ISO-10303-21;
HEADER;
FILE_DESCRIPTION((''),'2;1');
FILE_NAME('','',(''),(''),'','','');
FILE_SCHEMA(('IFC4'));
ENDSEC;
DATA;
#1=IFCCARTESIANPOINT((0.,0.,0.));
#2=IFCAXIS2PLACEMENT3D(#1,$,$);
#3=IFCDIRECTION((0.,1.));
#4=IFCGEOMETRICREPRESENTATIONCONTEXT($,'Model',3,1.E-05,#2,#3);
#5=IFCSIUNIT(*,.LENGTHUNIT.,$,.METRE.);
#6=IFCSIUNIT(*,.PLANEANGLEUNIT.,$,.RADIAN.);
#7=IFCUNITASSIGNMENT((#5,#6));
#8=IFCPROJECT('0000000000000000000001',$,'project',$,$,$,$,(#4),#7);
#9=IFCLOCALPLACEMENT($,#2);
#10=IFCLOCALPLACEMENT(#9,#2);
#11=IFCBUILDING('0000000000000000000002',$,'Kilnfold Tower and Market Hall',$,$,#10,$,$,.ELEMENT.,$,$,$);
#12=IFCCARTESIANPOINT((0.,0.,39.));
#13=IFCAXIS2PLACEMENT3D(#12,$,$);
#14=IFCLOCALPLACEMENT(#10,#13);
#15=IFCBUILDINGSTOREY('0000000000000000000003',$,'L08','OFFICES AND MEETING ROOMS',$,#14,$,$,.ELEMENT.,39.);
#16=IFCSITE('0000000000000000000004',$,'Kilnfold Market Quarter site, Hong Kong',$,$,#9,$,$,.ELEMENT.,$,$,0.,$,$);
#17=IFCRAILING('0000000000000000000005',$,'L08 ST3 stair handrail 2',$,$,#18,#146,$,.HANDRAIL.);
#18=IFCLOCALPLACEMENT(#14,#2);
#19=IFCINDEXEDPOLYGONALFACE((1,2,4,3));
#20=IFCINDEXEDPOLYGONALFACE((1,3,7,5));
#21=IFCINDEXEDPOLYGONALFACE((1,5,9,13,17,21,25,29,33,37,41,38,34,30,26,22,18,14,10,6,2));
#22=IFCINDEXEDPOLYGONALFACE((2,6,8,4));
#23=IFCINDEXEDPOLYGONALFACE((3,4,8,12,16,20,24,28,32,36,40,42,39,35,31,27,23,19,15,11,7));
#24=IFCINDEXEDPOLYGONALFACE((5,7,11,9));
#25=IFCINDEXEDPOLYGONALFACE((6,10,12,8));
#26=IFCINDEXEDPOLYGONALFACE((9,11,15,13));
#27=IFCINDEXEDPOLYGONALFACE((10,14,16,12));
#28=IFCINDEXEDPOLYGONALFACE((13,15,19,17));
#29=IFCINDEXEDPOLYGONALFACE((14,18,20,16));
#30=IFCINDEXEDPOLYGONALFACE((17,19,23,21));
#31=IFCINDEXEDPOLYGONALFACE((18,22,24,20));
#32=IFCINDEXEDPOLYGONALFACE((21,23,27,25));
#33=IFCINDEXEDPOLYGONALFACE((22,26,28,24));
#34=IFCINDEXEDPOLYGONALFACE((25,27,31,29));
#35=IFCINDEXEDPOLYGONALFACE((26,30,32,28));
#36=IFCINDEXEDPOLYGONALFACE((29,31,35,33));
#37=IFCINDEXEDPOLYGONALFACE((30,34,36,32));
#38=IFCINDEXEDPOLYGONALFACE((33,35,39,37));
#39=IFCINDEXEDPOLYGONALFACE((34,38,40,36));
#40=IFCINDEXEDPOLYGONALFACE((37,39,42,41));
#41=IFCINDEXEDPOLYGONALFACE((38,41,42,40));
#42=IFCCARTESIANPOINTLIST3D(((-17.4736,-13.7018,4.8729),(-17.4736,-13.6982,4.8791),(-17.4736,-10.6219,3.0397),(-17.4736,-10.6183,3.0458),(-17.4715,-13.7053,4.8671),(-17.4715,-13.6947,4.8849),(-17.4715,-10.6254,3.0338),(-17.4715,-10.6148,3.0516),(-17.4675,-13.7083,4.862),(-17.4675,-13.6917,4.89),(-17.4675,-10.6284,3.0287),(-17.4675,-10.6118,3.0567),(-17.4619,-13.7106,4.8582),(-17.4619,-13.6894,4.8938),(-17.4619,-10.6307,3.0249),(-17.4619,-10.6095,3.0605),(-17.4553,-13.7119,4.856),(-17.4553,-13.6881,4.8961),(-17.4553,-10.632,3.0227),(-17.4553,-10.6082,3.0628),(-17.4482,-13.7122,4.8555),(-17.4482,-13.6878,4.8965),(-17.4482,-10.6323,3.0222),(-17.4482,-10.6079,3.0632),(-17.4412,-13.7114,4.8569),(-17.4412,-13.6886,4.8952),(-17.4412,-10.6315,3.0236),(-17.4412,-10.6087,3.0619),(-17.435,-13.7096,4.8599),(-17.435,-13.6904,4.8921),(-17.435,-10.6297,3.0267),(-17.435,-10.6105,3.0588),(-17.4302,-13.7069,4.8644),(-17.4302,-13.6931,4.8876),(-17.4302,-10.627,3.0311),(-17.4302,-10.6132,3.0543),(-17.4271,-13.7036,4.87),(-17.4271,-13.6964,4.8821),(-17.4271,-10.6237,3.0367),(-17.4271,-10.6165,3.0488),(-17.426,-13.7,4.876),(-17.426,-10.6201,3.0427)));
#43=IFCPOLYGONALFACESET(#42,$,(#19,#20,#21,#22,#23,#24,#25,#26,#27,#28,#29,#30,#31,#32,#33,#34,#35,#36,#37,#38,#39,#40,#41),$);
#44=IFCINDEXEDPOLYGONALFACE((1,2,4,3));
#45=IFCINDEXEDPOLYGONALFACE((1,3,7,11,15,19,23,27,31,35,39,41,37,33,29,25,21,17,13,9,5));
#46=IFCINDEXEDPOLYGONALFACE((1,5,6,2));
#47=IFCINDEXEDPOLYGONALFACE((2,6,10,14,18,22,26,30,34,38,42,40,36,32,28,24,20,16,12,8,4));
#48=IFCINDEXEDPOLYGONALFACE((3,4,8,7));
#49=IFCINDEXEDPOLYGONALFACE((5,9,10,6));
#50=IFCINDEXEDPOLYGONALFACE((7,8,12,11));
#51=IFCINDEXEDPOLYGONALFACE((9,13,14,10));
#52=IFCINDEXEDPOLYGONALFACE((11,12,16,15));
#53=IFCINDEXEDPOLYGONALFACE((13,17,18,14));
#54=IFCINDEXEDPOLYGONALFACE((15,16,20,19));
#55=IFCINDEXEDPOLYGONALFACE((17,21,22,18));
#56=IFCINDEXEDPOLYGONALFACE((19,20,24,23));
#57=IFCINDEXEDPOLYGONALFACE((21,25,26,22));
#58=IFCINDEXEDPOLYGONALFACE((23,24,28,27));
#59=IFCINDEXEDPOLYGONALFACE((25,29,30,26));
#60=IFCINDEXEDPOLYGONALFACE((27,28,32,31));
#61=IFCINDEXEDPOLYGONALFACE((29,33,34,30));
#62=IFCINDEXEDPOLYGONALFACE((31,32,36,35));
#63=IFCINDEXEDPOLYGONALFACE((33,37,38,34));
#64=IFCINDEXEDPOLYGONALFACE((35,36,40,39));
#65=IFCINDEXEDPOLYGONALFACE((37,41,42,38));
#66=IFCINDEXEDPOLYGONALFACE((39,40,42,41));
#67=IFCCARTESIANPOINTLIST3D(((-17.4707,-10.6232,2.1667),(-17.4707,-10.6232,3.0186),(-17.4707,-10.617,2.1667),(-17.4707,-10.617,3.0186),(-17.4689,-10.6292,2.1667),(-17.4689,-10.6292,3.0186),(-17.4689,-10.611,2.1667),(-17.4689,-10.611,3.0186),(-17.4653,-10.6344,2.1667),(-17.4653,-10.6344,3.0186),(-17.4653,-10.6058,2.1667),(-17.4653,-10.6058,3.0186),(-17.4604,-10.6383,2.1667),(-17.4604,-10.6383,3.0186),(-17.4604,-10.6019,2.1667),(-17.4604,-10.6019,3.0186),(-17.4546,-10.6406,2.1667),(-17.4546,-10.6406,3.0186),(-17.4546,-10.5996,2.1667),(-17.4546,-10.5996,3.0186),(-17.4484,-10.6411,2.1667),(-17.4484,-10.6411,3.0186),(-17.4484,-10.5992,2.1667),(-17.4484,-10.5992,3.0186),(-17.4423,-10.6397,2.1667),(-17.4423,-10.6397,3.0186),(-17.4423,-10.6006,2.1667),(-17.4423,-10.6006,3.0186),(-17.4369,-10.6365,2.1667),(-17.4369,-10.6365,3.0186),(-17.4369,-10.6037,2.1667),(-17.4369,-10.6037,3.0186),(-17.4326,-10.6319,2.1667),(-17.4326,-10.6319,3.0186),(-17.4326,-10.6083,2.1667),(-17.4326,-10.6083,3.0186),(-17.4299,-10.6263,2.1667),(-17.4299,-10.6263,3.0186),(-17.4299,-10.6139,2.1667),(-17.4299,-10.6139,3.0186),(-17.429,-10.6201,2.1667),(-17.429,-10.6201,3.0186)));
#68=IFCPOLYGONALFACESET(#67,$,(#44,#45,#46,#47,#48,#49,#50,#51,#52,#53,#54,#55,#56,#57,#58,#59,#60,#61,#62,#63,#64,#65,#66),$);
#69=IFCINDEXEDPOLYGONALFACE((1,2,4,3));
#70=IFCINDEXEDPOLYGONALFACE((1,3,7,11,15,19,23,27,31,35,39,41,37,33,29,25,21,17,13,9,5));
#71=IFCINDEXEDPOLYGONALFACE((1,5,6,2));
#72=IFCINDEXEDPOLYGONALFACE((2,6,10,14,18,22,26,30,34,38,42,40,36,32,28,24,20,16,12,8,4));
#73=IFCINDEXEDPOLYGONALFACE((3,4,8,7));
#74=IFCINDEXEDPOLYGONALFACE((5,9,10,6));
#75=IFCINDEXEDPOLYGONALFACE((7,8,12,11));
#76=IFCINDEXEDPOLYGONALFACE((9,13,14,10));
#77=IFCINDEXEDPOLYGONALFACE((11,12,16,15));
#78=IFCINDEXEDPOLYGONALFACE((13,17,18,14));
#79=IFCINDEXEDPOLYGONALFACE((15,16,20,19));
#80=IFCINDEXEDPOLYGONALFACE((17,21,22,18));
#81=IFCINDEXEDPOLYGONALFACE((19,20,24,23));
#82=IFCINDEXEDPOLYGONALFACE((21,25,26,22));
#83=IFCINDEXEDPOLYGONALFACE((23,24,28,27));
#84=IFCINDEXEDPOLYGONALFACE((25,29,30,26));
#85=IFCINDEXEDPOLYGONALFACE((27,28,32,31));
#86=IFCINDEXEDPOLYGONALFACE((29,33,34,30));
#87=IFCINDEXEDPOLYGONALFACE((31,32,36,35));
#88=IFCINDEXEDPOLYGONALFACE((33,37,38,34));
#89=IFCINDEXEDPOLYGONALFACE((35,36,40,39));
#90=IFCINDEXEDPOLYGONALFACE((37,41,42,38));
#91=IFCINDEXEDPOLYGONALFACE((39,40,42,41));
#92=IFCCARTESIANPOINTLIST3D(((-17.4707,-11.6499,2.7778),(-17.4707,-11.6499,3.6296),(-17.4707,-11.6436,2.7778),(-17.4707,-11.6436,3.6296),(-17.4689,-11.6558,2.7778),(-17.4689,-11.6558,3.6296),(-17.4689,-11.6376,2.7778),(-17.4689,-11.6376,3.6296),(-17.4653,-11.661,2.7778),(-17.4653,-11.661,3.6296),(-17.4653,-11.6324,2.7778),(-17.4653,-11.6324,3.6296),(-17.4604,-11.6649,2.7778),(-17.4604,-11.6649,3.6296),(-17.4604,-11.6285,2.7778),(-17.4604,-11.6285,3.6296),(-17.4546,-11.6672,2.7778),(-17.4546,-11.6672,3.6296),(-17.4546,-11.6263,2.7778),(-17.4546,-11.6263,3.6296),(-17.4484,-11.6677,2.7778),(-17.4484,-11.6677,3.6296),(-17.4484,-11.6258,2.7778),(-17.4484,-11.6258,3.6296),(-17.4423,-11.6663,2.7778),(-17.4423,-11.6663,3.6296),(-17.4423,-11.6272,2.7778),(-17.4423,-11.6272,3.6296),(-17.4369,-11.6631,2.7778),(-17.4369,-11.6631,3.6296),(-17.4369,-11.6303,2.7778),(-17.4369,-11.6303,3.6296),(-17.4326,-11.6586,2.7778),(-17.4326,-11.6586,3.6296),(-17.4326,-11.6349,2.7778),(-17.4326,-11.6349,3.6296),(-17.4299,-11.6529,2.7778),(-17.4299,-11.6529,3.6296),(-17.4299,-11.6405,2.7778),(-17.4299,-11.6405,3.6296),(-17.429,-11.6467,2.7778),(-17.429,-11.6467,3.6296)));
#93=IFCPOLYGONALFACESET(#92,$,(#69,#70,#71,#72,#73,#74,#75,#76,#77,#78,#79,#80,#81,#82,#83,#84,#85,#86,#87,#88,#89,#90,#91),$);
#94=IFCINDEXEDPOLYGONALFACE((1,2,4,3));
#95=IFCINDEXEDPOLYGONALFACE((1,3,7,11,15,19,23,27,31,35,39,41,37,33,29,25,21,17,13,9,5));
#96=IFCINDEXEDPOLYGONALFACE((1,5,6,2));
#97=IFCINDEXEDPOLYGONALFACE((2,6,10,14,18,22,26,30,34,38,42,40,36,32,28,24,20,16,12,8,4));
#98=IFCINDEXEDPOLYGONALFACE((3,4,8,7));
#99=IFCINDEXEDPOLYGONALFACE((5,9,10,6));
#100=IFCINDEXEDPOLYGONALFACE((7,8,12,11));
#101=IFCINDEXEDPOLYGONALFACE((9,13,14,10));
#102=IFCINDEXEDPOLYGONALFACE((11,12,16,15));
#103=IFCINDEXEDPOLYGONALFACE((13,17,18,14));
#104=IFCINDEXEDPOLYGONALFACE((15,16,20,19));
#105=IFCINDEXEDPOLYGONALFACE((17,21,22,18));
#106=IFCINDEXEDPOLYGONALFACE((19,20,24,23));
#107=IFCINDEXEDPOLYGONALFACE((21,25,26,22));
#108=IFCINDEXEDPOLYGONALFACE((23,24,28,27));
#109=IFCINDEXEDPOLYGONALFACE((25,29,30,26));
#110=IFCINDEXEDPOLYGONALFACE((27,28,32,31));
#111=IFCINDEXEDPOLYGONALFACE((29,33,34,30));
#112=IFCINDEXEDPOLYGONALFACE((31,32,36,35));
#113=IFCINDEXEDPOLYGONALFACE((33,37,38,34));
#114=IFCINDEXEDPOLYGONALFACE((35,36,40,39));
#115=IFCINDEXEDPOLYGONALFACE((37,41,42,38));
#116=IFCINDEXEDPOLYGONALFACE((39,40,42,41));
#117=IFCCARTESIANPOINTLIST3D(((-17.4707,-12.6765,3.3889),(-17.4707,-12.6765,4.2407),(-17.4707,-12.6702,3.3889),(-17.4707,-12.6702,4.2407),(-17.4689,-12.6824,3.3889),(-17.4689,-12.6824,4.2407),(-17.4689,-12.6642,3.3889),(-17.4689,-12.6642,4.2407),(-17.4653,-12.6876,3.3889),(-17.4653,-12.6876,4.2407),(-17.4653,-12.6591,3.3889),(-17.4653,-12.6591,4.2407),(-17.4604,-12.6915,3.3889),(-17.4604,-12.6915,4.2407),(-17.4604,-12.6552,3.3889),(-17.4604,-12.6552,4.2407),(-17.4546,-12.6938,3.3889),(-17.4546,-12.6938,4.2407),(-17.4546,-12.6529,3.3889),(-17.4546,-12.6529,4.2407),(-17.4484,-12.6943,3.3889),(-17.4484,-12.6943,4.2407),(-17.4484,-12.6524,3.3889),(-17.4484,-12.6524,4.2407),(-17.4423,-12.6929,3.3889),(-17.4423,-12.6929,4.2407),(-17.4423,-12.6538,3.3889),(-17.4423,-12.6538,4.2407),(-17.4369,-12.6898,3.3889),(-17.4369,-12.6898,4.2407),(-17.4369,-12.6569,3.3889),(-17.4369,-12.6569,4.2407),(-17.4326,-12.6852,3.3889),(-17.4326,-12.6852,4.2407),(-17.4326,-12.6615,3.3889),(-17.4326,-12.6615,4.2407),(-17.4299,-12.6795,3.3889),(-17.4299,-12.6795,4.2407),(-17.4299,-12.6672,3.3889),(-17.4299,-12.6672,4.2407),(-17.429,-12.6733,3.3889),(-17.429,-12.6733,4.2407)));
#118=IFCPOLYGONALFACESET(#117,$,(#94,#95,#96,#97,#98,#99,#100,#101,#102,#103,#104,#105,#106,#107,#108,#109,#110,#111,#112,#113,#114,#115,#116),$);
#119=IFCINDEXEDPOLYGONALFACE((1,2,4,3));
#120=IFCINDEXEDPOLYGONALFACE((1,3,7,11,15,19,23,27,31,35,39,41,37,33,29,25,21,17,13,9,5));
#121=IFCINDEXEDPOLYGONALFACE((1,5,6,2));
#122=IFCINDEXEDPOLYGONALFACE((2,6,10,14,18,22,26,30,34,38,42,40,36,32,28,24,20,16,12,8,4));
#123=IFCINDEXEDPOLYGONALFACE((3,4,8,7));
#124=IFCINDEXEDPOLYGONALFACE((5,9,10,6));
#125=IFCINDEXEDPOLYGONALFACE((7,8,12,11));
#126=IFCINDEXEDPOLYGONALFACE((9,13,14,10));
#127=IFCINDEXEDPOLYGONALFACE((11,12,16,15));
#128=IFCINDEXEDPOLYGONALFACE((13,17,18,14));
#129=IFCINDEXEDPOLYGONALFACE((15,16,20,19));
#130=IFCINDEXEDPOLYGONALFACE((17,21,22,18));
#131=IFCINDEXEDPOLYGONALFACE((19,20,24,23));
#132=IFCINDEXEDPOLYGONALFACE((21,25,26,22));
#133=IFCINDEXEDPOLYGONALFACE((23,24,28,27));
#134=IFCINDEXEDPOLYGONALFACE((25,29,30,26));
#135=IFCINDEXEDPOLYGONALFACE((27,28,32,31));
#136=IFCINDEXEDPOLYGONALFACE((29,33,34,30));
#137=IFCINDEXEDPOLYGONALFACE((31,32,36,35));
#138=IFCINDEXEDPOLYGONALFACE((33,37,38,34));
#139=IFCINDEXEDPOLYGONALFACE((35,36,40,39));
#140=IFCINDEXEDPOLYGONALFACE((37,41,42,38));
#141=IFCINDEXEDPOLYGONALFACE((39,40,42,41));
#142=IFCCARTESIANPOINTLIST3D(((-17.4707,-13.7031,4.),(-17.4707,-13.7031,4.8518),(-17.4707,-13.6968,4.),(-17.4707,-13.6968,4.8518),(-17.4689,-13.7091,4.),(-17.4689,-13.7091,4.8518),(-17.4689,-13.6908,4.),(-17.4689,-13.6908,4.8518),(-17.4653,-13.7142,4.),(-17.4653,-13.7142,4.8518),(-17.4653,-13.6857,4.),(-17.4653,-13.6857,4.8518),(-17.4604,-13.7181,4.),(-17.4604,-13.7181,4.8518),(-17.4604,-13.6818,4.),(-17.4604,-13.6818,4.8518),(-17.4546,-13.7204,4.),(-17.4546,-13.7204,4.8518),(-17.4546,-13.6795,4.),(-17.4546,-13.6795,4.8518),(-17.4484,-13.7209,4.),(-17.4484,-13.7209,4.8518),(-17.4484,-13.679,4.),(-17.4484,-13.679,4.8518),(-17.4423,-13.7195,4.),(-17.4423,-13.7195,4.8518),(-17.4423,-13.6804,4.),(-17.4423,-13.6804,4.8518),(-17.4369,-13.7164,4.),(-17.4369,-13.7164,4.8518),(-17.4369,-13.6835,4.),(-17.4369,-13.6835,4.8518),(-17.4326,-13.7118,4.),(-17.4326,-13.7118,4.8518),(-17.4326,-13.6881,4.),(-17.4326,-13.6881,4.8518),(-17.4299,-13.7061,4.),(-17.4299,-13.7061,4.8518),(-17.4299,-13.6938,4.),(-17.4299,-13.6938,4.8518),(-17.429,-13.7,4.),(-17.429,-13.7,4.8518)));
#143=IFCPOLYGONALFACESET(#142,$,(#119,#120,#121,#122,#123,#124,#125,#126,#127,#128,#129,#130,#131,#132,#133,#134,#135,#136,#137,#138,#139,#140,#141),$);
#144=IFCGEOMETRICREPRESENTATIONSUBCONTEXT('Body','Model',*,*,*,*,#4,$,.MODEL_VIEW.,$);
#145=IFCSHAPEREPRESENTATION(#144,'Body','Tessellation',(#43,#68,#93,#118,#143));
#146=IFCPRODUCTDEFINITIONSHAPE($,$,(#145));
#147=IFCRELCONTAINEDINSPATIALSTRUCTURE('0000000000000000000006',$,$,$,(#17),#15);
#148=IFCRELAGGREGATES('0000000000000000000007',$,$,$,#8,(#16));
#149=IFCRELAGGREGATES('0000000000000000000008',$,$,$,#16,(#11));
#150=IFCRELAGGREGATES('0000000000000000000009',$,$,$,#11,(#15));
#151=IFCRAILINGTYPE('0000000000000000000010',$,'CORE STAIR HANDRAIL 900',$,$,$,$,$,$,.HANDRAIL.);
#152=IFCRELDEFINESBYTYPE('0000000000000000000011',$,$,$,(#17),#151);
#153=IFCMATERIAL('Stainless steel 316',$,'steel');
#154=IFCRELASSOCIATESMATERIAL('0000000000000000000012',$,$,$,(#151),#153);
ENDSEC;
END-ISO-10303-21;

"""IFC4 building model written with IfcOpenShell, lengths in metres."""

from ifc_helpers import new_model, si_unit, direction, frame, origin, origin_2d, place, context, subcontext, project, spatial, circle, extrude, material, type_object, element, save


model = new_model("IFC4")

# Units and contexts
model_context = context("Model", 3, precision=1e-05, world=origin(), true_north=direction((0.0, 1.0)))
body_context = subcontext(model_context, "Body", "Model", "MODEL_VIEW")
ifc_project = project(units=[si_unit("LENGTHUNIT", "METRE"), si_unit("PLANEANGLEUNIT", "RADIAN")], contexts=[model_context])

# Site, building, storey
site_placement = place(None, origin())
site = spatial("IfcSite", under=ifc_project, at=site_placement, Name="Kilnfold Market Quarter site, Hong Kong", CompositionType="ELEMENT", RefElevation=0.0)
building_placement = place(site_placement, origin())
building = spatial("IfcBuilding", under=site, at=building_placement, Name="Kilnfold Tower and Market Hall", CompositionType="ELEMENT")
storey_placement = place(building_placement, frame((0.0, 0.0, 39.0)))
storey = spatial("IfcBuildingStorey", under=building, at=storey_placement, Name="L08", Description="OFFICES AND MEETING ROOMS", CompositionType="ELEMENT", Elevation=39.0)

# Railing
ifc_material_1 = material(Name="Stainless steel 316", Category="steel")
railing_type_1 = type_object("IfcRailingType", Name="CORE STAIR HANDRAIL 900", PredefinedType="HANDRAIL", material=ifc_material_1)
railing_1_placement = place(storey_placement, frame((-17.45, -10.6201, 2.1667)))
element("IfcRailing", 1, at=railing_1_placement, inside=storey, type_object=railing_type_1, Name="L08 ST3 stair handrail 2", PredefinedType="HANDRAIL", context=body_context, shape_type="SweptSolid", body=[
    extrude(circle(Radius=0.0239, at=origin_2d()), frame((0.0, 0.0, 0.876), z_axis=(0.0, -0.859291, 0.511487), x_axis=(1.0, 0.0, 0.0)), (0.0, 0.0, 1.0), 3.5842),
    extrude(circle(Radius=0.021, at=origin_2d()), origin(), (0.0, 0.0, 1.0), 0.8518),
    extrude(circle(Radius=0.021, at=origin_2d()), frame((0.0, -1.0266, 0.6111)), (0.0, 0.0, 1.0), 0.8518),
    extrude(circle(Radius=0.021, at=origin_2d()), frame((0.0, -2.0532, 1.2222)), (0.0, 0.0, 1.0), 0.8518),
    extrude(circle(Radius=0.021, at=origin_2d()), frame((0.0, -3.0798, 1.8333)), (0.0, 0.0, 1.0), 0.8518),
])

save(model, "model.ifc")
